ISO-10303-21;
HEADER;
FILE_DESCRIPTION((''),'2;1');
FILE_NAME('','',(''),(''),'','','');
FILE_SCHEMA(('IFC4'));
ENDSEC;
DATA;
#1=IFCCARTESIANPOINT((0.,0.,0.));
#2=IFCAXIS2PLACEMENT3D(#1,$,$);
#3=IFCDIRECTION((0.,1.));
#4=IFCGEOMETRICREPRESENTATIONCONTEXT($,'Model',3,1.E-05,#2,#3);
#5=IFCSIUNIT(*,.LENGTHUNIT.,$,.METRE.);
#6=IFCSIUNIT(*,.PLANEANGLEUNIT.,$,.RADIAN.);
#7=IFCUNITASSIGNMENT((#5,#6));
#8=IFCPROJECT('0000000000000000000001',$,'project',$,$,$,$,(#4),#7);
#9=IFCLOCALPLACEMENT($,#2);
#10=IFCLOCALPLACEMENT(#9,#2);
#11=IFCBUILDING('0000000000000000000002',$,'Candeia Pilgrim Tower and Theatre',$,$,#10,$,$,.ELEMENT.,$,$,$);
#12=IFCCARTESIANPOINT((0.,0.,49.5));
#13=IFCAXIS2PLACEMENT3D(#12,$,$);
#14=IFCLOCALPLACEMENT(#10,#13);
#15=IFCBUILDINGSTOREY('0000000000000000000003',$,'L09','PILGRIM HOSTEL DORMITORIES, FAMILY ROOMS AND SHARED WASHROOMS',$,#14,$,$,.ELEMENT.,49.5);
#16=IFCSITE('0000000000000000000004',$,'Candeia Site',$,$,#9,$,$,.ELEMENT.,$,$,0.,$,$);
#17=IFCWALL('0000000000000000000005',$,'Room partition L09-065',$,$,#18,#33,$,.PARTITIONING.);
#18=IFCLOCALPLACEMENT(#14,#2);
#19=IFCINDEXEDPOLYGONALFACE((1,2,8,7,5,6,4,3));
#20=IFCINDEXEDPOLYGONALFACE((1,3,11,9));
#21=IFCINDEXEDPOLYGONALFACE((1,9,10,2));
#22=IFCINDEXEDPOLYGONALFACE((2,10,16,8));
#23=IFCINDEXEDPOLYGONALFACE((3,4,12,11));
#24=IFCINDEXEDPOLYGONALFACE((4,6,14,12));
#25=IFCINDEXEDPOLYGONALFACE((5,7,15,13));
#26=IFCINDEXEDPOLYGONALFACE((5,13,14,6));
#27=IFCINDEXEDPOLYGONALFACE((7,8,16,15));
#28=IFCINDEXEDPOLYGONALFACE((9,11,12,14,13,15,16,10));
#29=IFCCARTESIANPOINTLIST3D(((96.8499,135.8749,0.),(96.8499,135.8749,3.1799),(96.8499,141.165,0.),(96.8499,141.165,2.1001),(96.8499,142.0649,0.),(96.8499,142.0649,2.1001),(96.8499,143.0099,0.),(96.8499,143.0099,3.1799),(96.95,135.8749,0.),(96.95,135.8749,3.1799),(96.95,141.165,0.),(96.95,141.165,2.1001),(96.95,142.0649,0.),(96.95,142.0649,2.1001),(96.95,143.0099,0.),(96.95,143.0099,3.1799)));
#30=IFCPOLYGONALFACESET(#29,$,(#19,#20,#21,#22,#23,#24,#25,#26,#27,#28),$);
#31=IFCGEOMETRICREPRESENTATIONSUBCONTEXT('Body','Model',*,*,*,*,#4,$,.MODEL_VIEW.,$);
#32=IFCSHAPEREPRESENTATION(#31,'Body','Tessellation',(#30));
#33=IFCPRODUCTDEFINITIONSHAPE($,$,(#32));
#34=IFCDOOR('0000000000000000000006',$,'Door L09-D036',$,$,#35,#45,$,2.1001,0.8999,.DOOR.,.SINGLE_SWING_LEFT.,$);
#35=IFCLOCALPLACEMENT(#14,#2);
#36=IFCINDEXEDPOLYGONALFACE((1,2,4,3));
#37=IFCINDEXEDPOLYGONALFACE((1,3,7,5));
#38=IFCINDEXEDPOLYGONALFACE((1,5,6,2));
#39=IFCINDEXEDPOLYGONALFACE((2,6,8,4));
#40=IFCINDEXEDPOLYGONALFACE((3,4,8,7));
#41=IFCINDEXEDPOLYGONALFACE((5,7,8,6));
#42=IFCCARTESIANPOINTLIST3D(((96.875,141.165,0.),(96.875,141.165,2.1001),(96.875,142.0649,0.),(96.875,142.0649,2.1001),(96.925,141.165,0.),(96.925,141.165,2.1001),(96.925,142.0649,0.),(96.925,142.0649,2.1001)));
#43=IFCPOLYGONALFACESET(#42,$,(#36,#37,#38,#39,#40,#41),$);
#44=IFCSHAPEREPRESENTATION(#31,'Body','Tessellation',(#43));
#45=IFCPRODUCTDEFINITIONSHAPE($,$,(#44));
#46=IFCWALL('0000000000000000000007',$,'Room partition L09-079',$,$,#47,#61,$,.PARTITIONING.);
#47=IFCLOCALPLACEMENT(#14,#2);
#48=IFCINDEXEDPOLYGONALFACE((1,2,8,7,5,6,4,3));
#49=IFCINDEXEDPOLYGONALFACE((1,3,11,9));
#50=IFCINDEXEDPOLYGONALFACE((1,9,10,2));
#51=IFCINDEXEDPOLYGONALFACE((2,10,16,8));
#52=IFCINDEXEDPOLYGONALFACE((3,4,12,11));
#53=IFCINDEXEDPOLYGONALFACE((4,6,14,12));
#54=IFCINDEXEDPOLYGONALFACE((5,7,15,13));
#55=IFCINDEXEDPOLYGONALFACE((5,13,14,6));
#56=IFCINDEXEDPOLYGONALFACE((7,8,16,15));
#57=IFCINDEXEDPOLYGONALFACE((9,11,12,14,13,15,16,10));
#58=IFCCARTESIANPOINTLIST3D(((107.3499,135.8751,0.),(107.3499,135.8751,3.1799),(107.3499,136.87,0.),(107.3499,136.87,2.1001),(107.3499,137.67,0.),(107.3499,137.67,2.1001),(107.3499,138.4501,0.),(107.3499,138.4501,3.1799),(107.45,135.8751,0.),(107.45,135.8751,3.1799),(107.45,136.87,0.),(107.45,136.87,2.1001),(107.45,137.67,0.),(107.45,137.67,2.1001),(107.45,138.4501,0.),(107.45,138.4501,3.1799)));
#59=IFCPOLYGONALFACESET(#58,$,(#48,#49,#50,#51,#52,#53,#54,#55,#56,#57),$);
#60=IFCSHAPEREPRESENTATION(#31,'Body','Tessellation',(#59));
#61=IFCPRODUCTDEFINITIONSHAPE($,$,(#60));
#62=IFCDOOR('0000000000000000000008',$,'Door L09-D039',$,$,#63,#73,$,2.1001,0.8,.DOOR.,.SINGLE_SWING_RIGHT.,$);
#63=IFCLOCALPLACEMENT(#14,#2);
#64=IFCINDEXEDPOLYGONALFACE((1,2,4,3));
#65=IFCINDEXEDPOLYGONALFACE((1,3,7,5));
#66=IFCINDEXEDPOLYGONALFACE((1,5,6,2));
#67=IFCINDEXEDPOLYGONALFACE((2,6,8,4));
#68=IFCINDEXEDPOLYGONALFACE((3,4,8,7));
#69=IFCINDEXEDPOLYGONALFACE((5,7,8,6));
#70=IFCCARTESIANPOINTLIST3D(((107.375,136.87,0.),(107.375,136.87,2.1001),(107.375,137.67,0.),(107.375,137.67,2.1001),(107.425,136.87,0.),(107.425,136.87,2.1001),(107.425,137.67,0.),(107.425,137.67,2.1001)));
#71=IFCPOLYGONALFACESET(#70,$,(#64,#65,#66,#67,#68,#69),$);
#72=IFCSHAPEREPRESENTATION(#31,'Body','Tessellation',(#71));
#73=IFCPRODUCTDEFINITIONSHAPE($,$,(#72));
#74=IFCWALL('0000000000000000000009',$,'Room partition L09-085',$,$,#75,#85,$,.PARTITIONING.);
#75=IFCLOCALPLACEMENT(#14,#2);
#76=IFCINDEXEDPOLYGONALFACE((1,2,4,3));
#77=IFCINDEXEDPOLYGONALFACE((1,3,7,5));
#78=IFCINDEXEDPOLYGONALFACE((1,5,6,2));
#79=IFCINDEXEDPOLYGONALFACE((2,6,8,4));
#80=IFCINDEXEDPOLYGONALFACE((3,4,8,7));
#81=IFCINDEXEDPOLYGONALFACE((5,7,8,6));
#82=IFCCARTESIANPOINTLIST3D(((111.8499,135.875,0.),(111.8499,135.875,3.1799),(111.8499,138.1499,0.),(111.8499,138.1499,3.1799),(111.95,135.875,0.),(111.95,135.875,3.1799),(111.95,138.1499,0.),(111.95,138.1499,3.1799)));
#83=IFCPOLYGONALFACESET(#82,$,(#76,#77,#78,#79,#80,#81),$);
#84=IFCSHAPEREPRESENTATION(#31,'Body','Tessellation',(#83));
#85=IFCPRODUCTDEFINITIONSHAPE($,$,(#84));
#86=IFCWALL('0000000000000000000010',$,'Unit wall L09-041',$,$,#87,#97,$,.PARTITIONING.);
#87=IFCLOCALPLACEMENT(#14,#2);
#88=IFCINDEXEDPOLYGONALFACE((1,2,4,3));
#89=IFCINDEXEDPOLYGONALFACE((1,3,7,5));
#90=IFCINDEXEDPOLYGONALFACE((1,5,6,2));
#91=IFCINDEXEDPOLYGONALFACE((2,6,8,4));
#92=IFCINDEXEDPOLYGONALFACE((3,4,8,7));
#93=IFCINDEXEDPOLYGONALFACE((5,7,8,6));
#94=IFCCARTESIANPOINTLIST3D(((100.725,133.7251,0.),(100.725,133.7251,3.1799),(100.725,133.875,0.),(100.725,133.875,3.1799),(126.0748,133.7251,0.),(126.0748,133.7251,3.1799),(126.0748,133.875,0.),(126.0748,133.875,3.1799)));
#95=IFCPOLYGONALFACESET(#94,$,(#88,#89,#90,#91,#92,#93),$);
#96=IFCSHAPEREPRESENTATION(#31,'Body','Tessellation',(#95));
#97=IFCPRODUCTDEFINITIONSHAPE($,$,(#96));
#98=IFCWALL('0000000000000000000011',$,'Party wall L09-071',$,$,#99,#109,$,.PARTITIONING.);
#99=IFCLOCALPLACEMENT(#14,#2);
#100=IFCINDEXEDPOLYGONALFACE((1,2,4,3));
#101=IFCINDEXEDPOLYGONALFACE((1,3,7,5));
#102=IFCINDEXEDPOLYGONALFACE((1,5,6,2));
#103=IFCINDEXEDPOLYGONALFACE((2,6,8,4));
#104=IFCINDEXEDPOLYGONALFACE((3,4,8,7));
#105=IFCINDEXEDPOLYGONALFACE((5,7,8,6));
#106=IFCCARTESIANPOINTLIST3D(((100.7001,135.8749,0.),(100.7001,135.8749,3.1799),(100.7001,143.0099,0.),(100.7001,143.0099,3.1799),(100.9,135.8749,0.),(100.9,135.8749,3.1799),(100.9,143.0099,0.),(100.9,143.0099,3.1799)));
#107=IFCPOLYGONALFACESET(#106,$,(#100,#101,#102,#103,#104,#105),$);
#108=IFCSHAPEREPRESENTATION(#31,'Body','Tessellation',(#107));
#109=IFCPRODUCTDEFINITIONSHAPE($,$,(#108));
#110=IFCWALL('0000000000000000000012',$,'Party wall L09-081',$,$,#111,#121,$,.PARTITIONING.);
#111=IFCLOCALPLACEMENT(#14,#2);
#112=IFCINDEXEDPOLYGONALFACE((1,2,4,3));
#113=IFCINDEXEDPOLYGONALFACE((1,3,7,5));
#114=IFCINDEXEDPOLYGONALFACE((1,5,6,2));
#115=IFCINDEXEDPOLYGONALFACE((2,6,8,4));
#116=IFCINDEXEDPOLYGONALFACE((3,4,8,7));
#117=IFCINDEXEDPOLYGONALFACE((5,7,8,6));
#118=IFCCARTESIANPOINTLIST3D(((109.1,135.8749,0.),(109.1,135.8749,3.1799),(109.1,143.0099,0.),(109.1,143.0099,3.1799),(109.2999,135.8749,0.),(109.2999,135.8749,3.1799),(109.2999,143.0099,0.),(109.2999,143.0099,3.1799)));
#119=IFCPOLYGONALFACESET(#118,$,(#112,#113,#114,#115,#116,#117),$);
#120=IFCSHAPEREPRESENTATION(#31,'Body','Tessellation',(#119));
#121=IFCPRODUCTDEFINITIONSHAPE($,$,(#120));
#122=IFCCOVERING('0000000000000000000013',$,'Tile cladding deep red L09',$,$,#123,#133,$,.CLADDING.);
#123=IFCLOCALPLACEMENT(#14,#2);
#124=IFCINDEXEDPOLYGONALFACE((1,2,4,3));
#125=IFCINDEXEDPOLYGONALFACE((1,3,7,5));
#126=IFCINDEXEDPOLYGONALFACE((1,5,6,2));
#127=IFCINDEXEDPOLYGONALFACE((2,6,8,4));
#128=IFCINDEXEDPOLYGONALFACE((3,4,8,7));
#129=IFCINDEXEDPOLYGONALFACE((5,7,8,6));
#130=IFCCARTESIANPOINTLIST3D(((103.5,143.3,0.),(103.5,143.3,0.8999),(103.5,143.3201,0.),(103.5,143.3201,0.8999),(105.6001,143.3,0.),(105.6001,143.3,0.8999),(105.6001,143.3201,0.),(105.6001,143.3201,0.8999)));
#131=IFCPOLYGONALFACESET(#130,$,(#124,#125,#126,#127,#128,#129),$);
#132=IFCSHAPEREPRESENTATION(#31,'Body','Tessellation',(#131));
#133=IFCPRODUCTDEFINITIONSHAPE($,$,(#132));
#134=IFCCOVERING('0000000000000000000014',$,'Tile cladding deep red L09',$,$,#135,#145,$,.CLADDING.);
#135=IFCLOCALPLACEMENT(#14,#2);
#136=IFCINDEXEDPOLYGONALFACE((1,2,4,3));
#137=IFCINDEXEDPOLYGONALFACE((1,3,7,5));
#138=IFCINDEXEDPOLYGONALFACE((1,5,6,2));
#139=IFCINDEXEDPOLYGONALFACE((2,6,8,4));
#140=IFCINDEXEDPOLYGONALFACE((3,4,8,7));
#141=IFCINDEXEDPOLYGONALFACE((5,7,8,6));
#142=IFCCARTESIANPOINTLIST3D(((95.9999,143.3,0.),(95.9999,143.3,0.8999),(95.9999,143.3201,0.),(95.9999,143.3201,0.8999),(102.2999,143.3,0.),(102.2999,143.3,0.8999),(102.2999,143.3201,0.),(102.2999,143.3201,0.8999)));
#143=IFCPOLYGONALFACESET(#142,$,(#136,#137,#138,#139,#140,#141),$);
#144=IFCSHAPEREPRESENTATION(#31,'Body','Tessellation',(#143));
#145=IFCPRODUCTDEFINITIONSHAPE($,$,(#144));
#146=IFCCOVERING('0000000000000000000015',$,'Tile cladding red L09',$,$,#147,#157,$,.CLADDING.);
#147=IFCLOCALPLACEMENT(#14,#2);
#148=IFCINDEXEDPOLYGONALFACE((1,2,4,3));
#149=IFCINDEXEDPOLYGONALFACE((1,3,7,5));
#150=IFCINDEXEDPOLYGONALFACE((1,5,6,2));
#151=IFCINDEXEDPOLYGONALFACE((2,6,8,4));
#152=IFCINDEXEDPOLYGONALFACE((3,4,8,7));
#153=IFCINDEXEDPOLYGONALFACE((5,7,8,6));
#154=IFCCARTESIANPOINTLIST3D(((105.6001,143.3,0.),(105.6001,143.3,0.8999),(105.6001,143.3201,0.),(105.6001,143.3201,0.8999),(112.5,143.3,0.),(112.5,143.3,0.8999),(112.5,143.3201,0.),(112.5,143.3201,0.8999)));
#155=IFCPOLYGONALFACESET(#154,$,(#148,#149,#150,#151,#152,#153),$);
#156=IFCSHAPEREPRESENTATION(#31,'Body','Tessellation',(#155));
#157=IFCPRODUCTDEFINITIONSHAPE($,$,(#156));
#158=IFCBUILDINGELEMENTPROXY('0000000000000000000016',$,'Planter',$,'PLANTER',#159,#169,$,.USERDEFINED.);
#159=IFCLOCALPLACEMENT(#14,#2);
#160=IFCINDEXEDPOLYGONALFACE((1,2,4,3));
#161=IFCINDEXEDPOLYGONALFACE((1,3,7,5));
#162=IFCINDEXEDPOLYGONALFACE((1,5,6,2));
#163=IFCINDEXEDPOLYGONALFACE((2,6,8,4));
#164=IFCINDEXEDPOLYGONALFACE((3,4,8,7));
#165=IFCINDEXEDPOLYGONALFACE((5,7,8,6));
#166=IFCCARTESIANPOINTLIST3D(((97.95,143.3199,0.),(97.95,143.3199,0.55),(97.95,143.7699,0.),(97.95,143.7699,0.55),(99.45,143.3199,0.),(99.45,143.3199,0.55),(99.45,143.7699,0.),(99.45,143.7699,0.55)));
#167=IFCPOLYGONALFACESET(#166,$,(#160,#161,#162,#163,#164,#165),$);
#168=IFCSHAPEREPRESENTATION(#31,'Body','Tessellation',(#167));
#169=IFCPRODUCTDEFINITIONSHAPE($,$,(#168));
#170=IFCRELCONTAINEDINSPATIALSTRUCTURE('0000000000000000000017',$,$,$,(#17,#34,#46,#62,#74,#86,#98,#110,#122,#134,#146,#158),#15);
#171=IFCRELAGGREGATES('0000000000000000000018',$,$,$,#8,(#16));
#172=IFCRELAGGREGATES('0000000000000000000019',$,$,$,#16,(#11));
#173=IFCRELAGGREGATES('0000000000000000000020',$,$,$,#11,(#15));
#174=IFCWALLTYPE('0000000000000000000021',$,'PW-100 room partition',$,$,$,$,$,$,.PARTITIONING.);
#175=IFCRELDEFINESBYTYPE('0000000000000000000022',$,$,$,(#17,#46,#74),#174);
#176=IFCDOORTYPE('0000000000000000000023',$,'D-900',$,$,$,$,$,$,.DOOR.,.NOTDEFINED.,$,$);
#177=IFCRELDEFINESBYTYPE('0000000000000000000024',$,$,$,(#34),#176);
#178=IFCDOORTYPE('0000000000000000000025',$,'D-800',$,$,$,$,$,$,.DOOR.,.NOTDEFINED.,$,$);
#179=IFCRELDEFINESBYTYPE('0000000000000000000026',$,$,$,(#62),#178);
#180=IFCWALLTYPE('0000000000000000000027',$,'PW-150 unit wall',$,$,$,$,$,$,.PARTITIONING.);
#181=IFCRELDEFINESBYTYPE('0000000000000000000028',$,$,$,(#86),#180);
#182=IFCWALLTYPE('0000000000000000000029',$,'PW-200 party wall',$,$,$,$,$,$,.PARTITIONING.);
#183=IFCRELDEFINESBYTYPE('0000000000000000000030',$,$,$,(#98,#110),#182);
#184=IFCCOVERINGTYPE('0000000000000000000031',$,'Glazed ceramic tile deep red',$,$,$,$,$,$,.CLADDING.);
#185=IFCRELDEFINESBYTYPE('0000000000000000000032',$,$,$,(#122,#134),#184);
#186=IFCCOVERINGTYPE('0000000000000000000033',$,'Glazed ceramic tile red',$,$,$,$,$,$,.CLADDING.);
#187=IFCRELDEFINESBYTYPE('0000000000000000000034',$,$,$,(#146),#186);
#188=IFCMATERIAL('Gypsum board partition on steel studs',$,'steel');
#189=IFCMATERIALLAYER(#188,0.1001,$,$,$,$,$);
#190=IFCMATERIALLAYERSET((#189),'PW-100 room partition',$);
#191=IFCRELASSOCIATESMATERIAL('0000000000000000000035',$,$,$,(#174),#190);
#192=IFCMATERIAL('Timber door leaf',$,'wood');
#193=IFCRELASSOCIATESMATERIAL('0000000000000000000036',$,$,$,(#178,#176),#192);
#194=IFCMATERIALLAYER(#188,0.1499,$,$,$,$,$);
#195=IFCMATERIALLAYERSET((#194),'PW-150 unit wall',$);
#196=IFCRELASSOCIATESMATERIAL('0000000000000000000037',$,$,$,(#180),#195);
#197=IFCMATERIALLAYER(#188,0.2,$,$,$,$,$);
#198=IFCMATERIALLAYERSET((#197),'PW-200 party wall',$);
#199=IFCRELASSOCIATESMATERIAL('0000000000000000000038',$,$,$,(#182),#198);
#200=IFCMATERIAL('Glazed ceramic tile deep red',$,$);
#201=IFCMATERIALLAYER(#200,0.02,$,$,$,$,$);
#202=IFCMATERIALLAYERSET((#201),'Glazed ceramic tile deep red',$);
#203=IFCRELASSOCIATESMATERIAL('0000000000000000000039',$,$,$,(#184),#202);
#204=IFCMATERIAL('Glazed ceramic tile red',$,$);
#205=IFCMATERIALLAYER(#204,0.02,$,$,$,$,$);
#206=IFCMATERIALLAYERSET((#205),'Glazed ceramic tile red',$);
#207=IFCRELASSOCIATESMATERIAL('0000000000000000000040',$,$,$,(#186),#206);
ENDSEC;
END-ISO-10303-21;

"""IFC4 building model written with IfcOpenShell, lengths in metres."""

from ifc_helpers import new_model, si_unit, direction, frame, frame_2d, origin, origin_2d, place, context, subcontext, project, spatial, rectangle, extrude, material, layer, layer_set, type_object, element, fill, save


model = new_model("IFC4")

# Units and contexts
model_context = context("Model", 3, precision=1e-05, world=origin(), true_north=direction((0.0, 1.0)))
body_context = subcontext(model_context, "Body", "Model", "MODEL_VIEW")
ifc_project = project(units=[si_unit("LENGTHUNIT", "METRE"), si_unit("PLANEANGLEUNIT", "RADIAN")], contexts=[model_context])

# Site, building, storey
site_placement = place(None, origin())
site = spatial("IfcSite", under=ifc_project, at=site_placement, Name="Candeia Site", CompositionType="ELEMENT", RefElevation=0.0)
building_placement = place(site_placement, origin())
building = spatial("IfcBuilding", under=site, at=building_placement, Name="Candeia Pilgrim Tower and Theatre", CompositionType="ELEMENT")
storey_placement = place(building_placement, frame((0.0, 0.0, 49.5)))
storey = spatial("IfcBuildingStorey", under=building, at=storey_placement, Name="L09", Description="PILGRIM HOSTEL DORMITORIES, FAMILY ROOMS AND SHARED WASHROOMS", CompositionType="ELEMENT", Elevation=49.5)

# Shared definitions
ifc_material_1 = material(Name="Gypsum board partition on steel studs", Category="steel")
ifc_layer_1 = layer(ifc_material_1, 0.1001)
ifc_layer_set_1 = layer_set([ifc_layer_1], Name="PW-100 room partition")
wall_type_1 = type_object("IfcWallType", Name="PW-100 room partition", PredefinedType="PARTITIONING", material=ifc_layer_set_1)
ifc_material_2 = material(Name="Timber door leaf", Category="wood")
door_type_1 = type_object("IfcDoorType", Name="D-800", OperationType="NOTDEFINED", PredefinedType="DOOR", material=ifc_material_2)

# Walls, openings, doors
wall_1_placement = place(storey_placement, frame((96.8999, 135.875, 0.0), z_axis=(0.0, 0.0, 1.0), x_axis=(0.0, 1.0, 0.0)))
wall_1 = element("IfcWall", 1, at=wall_1_placement, inside=storey, type_object=wall_type_1, Name="Room partition L09-065", PredefinedType="PARTITIONING", context=body_context, shape_type="SweptSolid", body=[
    extrude(rectangle(XDim=7.135, YDim=0.1001, at=frame_2d((3.5674, 0.0))), origin(), (0.0, 0.0, 1.0), 3.1799),
])
opening_1_placement = place(wall_1_placement, frame((5.29, 0.0, 0.0)))
opening_1 = element("IfcOpeningElement", 2, at=opening_1_placement, cuts=wall_1, PredefinedType="OPENING", context=body_context, shape_type="SweptSolid", body=[
    extrude(rectangle(XDim=0.8999, YDim=2.1001, at=frame_2d((0.45, 1.05))), frame((0.0, 0.0601, 0.0), z_axis=(0.0, -1.0, 0.0), x_axis=(1.0, 0.0, 0.0)), (0.0, 0.0, 1.0), 0.1201),
])
door_type_2 = type_object("IfcDoorType", Name="D-900", OperationType="NOTDEFINED", PredefinedType="DOOR", material=ifc_material_2)
door_1_placement = place(opening_1_placement, origin())
door_1 = element("IfcDoor", 3, at=door_1_placement, inside=storey, type_object=door_type_2, Name="Door L09-D036", OperationType="SINGLE_SWING_LEFT", OverallHeight=2.1001, OverallWidth=0.8999, PredefinedType="DOOR", context=body_context, shape_type="SweptSolid", body=[
    extrude(rectangle(XDim=0.8999, YDim=2.1001, at=frame_2d((0.45, 1.05))), frame((0.0, 0.0249, 0.0), z_axis=(0.0, -1.0, 0.0), x_axis=(1.0, 0.0, 0.0)), (0.0, 0.0, 1.0), 0.05),
])
fill(opening_1, door_1)
wall_2_placement = place(storey_placement, frame((107.3999, 135.875, 0.0), z_axis=(0.0, 0.0, 1.0), x_axis=(0.0, 1.0, 0.0)))
wall_2 = element("IfcWall", 4, at=wall_2_placement, inside=storey, type_object=wall_type_1, Name="Room partition L09-079", PredefinedType="PARTITIONING", context=body_context, shape_type="SweptSolid", body=[
    extrude(rectangle(XDim=2.575, YDim=0.1001, at=frame_2d((1.2876, 0.0))), origin(), (0.0, 0.0, 1.0), 3.1799),
])
opening_2_placement = place(wall_2_placement, frame((0.9951, 0.0, 0.0)))
opening_2 = element("IfcOpeningElement", 5, at=opening_2_placement, cuts=wall_2, PredefinedType="OPENING", context=body_context, shape_type="SweptSolid", body=[
    extrude(rectangle(XDim=0.8, YDim=2.1001, at=frame_2d((0.3999, 1.05))), frame((0.0, 0.0601, 0.0), z_axis=(0.0, -1.0, 0.0), x_axis=(1.0, 0.0, 0.0)), (0.0, 0.0, 1.0), 0.1201),
])
door_2_placement = place(opening_2_placement, origin())
door_2 = element("IfcDoor", 6, at=door_2_placement, inside=storey, type_object=door_type_1, Name="Door L09-D039", OperationType="SINGLE_SWING_RIGHT", OverallHeight=2.1001, OverallWidth=0.8, PredefinedType="DOOR", context=body_context, shape_type="SweptSolid", body=[
    extrude(rectangle(XDim=0.8, YDim=2.1001, at=frame_2d((0.3999, 1.05))), frame((0.0, 0.0249, 0.0), z_axis=(0.0, -1.0, 0.0), x_axis=(1.0, 0.0, 0.0)), (0.0, 0.0, 1.0), 0.05),
])
fill(opening_2, door_2)

# Walls
wall_3_placement = place(storey_placement, frame((111.8999, 135.875, 0.0), z_axis=(0.0, 0.0, 1.0), x_axis=(0.0, 1.0, 0.0)))
element("IfcWall", 7, at=wall_3_placement, inside=storey, type_object=wall_type_1, Name="Room partition L09-085", PredefinedType="PARTITIONING", context=body_context, shape_type="SweptSolid", body=[
    extrude(rectangle(XDim=2.2749, YDim=0.1001, at=frame_2d((1.1375, 0.0))), origin(), (0.0, 0.0, 1.0), 3.1799),
])
ifc_layer_2 = layer(ifc_material_1, 0.1499)
ifc_layer_set_2 = layer_set([ifc_layer_2], Name="PW-150 unit wall")
wall_type_2 = type_object("IfcWallType", Name="PW-150 unit wall", PredefinedType="PARTITIONING", material=ifc_layer_set_2)
wall_4_placement = place(storey_placement, frame((100.7251, 133.8, 0.0), z_axis=(0.0, 0.0, 1.0), x_axis=(1.0, 0.0, 0.0)))
element("IfcWall", 8, at=wall_4_placement, inside=storey, type_object=wall_type_2, Name="Unit wall L09-041", PredefinedType="PARTITIONING", context=body_context, shape_type="SweptSolid", body=[
    extrude(rectangle(XDim=25.3499, YDim=0.1499, at=frame_2d((12.6748, 0.0))), origin(), (0.0, 0.0, 1.0), 3.1799),
])
ifc_layer_3 = layer(ifc_material_1, 0.2)
ifc_layer_set_3 = layer_set([ifc_layer_3], Name="PW-200 party wall")
wall_type_3 = type_object("IfcWallType", Name="PW-200 party wall", PredefinedType="PARTITIONING", material=ifc_layer_set_3)
for number, where, z_axis, x_axis, name in (
    (9, (100.8, 135.875, 0.0), (0.0, 0.0, 1.0), (0.0, 1.0, 0.0), "Party wall L09-071"),
    (10, (109.2, 135.875, 0.0), (0.0, 0.0, 1.0), (0.0, 1.0, 0.0), "Party wall L09-081"),
):
    element("IfcWall", number, at=place(storey_placement, frame(where, z_axis=z_axis, x_axis=x_axis)), inside=storey, type_object=wall_type_3, Name=name, PredefinedType="PARTITIONING", context=body_context, shape_type="SweptSolid", body=[
        extrude(rectangle(XDim=7.135, YDim=0.2, at=frame_2d((3.5674, 0.0))), origin(), (0.0, 0.0, 1.0), 3.1799),
    ])

# Coverings
ifc_material_3 = material(Name="Glazed ceramic tile deep red")
ifc_layer_4 = layer(ifc_material_3, 0.02)
ifc_layer_set_4 = layer_set([ifc_layer_4], Name="Glazed ceramic tile deep red")
covering_type_1 = type_object("IfcCoveringType", Name="Glazed ceramic tile deep red", PredefinedType="CLADDING", material=ifc_layer_set_4)
covering_1_placement = place(storey_placement, frame((104.55, 143.3101, 0.0), z_axis=(0.0, 0.0, 1.0), x_axis=(-1.0, 0.0, 0.0)))
element("IfcCovering", 11, at=covering_1_placement, inside=storey, type_object=covering_type_1, Name="Tile cladding deep red L09", PredefinedType="CLADDING", context=body_context, shape_type="SweptSolid", body=[
    extrude(rectangle(XDim=2.1001, YDim=0.02, at=origin_2d()), origin(), (0.0, 0.0, 1.0), 0.8999),
])
covering_2_placement = place(storey_placement, frame((99.1499, 143.3101, 0.0), z_axis=(0.0, 0.0, 1.0), x_axis=(-1.0, 0.0, 0.0)))
element("IfcCovering", 12, at=covering_2_placement, inside=storey, type_object=covering_type_1, Name="Tile cladding deep red L09", PredefinedType="CLADDING", context=body_context, shape_type="SweptSolid", body=[
    extrude(rectangle(XDim=6.3, YDim=0.02, at=origin_2d()), origin(), (0.0, 0.0, 1.0), 0.8999),
])
ifc_material_4 = material(Name="Glazed ceramic tile red")
ifc_layer_5 = layer(ifc_material_4, 0.02)
ifc_layer_set_5 = layer_set([ifc_layer_5], Name="Glazed ceramic tile red")
covering_type_2 = type_object("IfcCoveringType", Name="Glazed ceramic tile red", PredefinedType="CLADDING", material=ifc_layer_set_5)
covering_3_placement = place(storey_placement, frame((109.05, 143.3101, 0.0), z_axis=(0.0, 0.0, 1.0), x_axis=(-1.0, 0.0, 0.0)))
element("IfcCovering", 13, at=covering_3_placement, inside=storey, type_object=covering_type_2, Name="Tile cladding red L09", PredefinedType="CLADDING", context=body_context, shape_type="SweptSolid", body=[
    extrude(rectangle(XDim=6.8999, YDim=0.02, at=origin_2d()), origin(), (0.0, 0.0, 1.0), 0.8999),
])

# Building element proxy
proxy_placement = place(storey_placement, frame((98.7, 143.5449, 0.0), z_axis=(0.0, 0.0, 1.0), x_axis=(-1.0, 0.0, 0.0)))
element("IfcBuildingElementProxy", 14, at=proxy_placement, inside=storey, Name="Planter", ObjectType="PLANTER", PredefinedType="USERDEFINED", context=body_context, shape_type="SweptSolid", body=[
    extrude(rectangle(XDim=1.5, YDim=0.45, at=origin_2d()), origin(), (0.0, 0.0, 1.0), 0.55),
])

save(model, "model.ifc")
